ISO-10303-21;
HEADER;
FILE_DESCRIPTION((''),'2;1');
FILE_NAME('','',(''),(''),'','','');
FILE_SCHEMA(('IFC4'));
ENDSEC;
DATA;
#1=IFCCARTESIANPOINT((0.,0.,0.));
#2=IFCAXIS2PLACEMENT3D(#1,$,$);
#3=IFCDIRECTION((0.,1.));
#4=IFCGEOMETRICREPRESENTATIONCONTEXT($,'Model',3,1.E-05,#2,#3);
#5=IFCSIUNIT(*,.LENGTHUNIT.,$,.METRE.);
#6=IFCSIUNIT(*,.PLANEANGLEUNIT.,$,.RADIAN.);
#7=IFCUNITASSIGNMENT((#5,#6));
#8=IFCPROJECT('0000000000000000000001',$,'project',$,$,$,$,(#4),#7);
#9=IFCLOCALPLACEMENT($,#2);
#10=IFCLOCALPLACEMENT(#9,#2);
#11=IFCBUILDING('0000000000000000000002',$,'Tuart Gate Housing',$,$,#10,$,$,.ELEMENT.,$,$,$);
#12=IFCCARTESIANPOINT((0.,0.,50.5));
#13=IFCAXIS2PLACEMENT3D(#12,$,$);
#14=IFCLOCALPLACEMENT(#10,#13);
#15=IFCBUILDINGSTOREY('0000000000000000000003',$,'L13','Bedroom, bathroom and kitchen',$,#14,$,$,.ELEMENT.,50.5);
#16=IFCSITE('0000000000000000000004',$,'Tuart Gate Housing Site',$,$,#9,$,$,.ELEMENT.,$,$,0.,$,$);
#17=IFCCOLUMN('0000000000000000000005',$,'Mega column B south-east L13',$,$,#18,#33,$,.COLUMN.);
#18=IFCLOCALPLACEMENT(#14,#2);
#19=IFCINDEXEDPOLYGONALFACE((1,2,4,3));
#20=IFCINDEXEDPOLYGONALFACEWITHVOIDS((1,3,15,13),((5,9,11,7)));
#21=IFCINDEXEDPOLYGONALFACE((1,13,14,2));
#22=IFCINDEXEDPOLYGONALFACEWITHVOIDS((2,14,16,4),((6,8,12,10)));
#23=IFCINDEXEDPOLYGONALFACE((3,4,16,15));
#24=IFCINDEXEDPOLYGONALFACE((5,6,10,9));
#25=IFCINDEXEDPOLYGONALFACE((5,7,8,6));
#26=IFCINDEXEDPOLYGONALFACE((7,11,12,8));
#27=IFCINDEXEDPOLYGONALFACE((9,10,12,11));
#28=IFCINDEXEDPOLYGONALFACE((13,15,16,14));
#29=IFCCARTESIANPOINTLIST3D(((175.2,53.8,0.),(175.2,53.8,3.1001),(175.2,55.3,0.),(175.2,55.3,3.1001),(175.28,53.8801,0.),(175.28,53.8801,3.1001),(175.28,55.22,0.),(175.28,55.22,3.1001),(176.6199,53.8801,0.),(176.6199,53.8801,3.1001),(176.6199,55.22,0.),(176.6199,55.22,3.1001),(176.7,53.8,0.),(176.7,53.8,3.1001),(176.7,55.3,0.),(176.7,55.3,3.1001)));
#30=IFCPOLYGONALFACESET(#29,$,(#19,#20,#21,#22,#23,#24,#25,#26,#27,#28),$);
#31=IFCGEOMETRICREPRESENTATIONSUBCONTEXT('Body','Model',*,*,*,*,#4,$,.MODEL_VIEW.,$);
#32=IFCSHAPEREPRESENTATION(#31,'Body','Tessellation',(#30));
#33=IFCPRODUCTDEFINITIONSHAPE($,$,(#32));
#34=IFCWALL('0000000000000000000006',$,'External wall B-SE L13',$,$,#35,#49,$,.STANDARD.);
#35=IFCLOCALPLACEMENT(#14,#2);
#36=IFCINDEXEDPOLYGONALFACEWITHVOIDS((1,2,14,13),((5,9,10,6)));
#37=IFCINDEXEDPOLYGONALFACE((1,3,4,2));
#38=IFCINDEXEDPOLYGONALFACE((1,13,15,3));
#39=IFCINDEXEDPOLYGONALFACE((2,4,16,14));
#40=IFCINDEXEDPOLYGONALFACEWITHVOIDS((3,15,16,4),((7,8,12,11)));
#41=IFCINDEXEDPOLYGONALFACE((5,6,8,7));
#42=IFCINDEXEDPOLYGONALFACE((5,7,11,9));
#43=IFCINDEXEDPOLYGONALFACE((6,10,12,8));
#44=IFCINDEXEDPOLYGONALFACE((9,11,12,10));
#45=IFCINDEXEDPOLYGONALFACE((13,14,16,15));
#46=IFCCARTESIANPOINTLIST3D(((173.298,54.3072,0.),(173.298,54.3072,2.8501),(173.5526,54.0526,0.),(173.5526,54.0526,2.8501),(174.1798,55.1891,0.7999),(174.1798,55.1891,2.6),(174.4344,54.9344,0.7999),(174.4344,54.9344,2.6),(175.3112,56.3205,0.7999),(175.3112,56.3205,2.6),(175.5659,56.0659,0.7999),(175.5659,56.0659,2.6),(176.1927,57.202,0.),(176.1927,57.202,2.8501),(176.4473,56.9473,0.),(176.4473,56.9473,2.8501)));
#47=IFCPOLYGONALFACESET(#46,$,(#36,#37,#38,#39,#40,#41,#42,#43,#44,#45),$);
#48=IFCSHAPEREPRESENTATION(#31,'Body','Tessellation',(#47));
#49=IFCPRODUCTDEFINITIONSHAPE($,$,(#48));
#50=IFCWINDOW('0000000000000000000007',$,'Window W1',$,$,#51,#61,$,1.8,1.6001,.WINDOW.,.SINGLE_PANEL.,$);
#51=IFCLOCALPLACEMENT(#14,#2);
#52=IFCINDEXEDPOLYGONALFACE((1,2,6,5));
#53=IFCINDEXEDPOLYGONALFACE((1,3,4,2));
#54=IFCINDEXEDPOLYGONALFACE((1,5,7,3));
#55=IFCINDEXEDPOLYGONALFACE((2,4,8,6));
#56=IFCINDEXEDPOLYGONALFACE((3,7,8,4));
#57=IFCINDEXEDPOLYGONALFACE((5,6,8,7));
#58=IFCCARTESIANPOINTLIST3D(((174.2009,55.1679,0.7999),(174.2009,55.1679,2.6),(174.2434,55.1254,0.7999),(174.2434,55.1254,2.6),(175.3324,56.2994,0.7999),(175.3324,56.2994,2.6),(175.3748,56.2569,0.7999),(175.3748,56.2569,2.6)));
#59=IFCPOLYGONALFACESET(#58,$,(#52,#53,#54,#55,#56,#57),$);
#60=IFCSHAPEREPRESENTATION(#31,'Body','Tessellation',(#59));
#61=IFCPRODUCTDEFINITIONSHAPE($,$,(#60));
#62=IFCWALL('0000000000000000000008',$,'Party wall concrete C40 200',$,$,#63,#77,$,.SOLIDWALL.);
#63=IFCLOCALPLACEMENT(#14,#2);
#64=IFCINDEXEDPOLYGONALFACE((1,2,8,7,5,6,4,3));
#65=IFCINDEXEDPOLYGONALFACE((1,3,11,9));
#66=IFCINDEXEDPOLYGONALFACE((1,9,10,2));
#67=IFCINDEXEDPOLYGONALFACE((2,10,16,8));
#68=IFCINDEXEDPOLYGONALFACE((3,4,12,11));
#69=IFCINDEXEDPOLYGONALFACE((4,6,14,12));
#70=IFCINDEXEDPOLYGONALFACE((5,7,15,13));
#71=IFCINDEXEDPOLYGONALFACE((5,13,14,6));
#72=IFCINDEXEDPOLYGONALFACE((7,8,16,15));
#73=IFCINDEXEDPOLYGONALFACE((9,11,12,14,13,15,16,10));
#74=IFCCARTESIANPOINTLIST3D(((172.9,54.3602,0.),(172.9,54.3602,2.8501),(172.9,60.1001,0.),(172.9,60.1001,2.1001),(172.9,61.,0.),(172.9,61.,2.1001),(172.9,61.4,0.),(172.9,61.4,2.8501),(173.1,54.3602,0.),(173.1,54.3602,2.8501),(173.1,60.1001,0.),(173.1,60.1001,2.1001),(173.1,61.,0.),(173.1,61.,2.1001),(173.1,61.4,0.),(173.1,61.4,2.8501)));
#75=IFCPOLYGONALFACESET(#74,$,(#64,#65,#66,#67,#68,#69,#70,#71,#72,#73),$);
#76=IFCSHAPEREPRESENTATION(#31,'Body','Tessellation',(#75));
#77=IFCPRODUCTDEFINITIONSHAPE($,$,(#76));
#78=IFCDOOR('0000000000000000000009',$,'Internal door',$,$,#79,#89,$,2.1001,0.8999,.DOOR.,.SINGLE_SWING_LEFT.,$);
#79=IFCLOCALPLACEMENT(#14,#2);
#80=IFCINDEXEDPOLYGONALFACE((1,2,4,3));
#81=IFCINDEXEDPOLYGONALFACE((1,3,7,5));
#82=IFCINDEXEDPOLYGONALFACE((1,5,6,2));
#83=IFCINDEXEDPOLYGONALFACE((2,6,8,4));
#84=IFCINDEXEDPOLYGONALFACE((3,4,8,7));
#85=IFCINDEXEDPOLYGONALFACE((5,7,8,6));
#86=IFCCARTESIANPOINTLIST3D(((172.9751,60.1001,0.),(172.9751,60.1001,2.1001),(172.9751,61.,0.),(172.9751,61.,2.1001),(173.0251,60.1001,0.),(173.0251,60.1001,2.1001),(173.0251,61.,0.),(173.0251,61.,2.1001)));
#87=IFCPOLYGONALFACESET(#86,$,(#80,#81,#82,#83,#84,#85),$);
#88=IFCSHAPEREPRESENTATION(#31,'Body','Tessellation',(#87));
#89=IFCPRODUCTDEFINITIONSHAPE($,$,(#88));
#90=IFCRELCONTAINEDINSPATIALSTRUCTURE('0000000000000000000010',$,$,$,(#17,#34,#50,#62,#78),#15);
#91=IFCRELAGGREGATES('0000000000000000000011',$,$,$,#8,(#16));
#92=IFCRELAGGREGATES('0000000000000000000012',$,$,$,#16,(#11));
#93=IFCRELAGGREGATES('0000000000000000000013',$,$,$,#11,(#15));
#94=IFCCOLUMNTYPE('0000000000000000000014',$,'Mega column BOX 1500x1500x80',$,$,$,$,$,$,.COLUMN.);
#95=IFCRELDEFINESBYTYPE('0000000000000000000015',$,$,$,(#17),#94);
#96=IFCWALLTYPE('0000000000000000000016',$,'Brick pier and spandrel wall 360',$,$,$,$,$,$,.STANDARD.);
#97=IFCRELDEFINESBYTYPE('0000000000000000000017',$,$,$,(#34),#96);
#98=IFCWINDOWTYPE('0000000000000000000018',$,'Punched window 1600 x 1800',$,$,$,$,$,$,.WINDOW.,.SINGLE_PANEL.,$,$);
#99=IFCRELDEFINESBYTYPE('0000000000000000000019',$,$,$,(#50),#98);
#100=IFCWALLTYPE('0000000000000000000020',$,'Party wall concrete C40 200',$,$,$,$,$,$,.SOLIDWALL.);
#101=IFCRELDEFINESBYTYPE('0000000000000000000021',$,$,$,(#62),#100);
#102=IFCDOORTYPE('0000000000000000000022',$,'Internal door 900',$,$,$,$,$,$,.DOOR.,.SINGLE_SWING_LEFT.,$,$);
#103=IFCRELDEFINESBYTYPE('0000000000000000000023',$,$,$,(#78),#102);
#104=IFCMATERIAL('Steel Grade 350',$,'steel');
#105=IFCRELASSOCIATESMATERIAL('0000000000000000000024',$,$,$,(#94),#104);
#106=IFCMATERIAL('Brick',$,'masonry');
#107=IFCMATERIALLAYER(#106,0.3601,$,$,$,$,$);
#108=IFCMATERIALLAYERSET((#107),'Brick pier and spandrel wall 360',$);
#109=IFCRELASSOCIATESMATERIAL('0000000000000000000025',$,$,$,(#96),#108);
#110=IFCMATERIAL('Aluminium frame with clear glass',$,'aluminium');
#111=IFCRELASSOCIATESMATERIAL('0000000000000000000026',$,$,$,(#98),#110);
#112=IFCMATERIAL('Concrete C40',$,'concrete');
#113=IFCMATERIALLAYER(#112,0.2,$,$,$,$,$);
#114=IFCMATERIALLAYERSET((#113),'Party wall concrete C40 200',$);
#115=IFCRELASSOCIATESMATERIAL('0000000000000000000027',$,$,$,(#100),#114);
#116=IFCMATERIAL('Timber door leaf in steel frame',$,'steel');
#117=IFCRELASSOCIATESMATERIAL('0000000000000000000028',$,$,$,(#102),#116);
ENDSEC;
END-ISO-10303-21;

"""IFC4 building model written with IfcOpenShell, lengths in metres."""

from ifc_helpers import new_model, si_unit, direction, frame, frame_2d, origin, origin_2d, place, context, subcontext, project, spatial, rectangle, hollow_rectangle, extrude, material, layer, layer_set, material_profile, profile_set, type_object, element, fill, save


model = new_model("IFC4")

# Units and contexts
model_context = context("Model", 3, precision=1e-05, world=origin(), true_north=direction((0.0, 1.0)))
body_context = subcontext(model_context, "Body", "Model", "MODEL_VIEW")
ifc_project = project(units=[si_unit("LENGTHUNIT", "METRE"), si_unit("PLANEANGLEUNIT", "RADIAN")], contexts=[model_context])

# Site, building, storey
site_placement = place(None, origin())
site = spatial("IfcSite", under=ifc_project, at=site_placement, Name="Tuart Gate Housing Site", CompositionType="ELEMENT", RefElevation=0.0)
building_placement = place(site_placement, origin())
building = spatial("IfcBuilding", under=site, at=building_placement, Name="Tuart Gate Housing", CompositionType="ELEMENT")
storey_placement = place(building_placement, frame((0.0, 0.0, 50.5)))
storey = spatial("IfcBuildingStorey", under=building, at=storey_placement, Name="L13", Description="Bedroom, bathroom and kitchen", CompositionType="ELEMENT", Elevation=50.5)

# Column
ifc_material_1 = material(Name="Steel Grade 350", Category="steel")
ifc_material_profile = material_profile(ifc_material_1, hollow_rectangle(XDim=1.5, YDim=1.5, WallThickness=0.0801, at=origin_2d()), Name="BOX 1500x1500x80")
ifc_profile_set = profile_set([ifc_material_profile], Name="Steel Grade 350")
column_type = type_object("IfcColumnType", Name="Mega column BOX 1500x1500x80", PredefinedType="COLUMN", material=ifc_profile_set)
column_placement = place(storey_placement, frame((175.95, 54.55, 0.0), z_axis=(0.0, 0.0, 1.0), x_axis=(1.0, 0.0, 0.0)))
element("IfcColumn", 1, at=column_placement, inside=storey, type_object=column_type, Name="Mega column B south-east L13", PredefinedType="COLUMN", context=body_context, shape_type="SweptSolid", body=[
    extrude(hollow_rectangle(XDim=1.5, YDim=1.5, WallThickness=0.0801, at=origin_2d()), origin(), (0.0, 0.0, 1.0), 3.1001),
])

# Wall, opening, window
ifc_material_2 = material(Name="Brick", Category="masonry")
ifc_layer_1 = layer(ifc_material_2, 0.3601)
ifc_layer_set_1 = layer_set([ifc_layer_1], Name="Brick pier and spandrel wall 360")
wall_type_1 = type_object("IfcWallType", Name="Brick pier and spandrel wall 360", PredefinedType="STANDARD", material=ifc_layer_set_1)
wall_1_placement = place(storey_placement, frame((173.4253, 54.1799, 0.0), z_axis=(0.0, 0.0, 1.0), x_axis=(0.707107, 0.707107, 0.0)))
wall_1 = element("IfcWall", 2, at=wall_1_placement, inside=storey, type_object=wall_type_1, Name="External wall B-SE L13", PredefinedType="STANDARD", context=body_context, shape_type="SweptSolid", body=[
    extrude(rectangle(XDim=4.0938, YDim=0.3601, at=frame_2d((2.0469, 0.0))), origin(), (0.0, 0.0, 1.0), 2.8501),
])
opening_1_placement = place(wall_1_placement, frame((1.2471, 0.0, 0.8)))
opening_1 = element("IfcOpeningElement", 3, at=opening_1_placement, cuts=wall_1, PredefinedType="OPENING", context=body_context, shape_type="SweptSolid", body=[
    extrude(rectangle(XDim=1.6001, YDim=1.8, at=frame_2d((0.8, 0.8999))), frame((0.0, 0.1899, 0.0), z_axis=(0.0, -1.0, 0.0), x_axis=(1.0, 0.0, 0.0)), (0.0, 0.0, 1.0), 0.3801),
])
ifc_material_3 = material(Name="Aluminium frame with clear glass", Category="aluminium")
window_type_1 = type_object("IfcWindowType", Name="Punched window 1600 x 1800", PartitioningType="SINGLE_PANEL", PredefinedType="WINDOW", material=ifc_material_3)
window_1_placement = place(opening_1_placement, origin())
window_1 = element("IfcWindow", 4, at=window_1_placement, inside=storey, type_object=window_type_1, Name="Window W1", OverallHeight=1.8, OverallWidth=1.6001, PartitioningType="SINGLE_PANEL", PredefinedType="WINDOW", context=body_context, shape_type="SweptSolid", body=[
    extrude(rectangle(XDim=1.6001, YDim=1.8, at=frame_2d((0.8, 0.8999))), frame((0.0, 0.1501, 0.0), z_axis=(0.0, -1.0, 0.0), x_axis=(1.0, 0.0, 0.0)), (0.0, 0.0, 1.0), 0.0601),
])
fill(opening_1, window_1)

# Wall, opening, door
ifc_material_4 = material(Name="Concrete C40", Category="concrete")
ifc_layer_2 = layer(ifc_material_4, 0.2)
ifc_layer_set_2 = layer_set([ifc_layer_2], Name="Party wall concrete C40 200")
wall_type_2 = type_object("IfcWallType", Name="Party wall concrete C40 200", PredefinedType="SOLIDWALL", material=ifc_layer_set_2)
wall_2_placement = place(storey_placement, frame((173.0, 54.3601, 0.0), z_axis=(0.0, 0.0, 1.0), x_axis=(0.0, 1.0, 0.0)))
wall_2 = element("IfcWall", 5, at=wall_2_placement, inside=storey, type_object=wall_type_2, Name="Party wall concrete C40 200", PredefinedType="SOLIDWALL", context=body_context, shape_type="SweptSolid", body=[
    extrude(rectangle(XDim=7.0398, YDim=0.2, at=frame_2d((3.52, 0.0))), origin(), (0.0, 0.0, 1.0), 2.8501),
])
opening_2_placement = place(wall_2_placement, frame((5.74, 0.0, 0.0)))
opening_2 = element("IfcOpeningElement", 6, at=opening_2_placement, cuts=wall_2, PredefinedType="OPENING", context=body_context, shape_type="SweptSolid", body=[
    extrude(rectangle(XDim=0.8999, YDim=2.1001, at=frame_2d((0.45, 1.05))), frame((0.0, 0.1099, 0.0), z_axis=(0.0, -1.0, 0.0), x_axis=(1.0, 0.0, 0.0)), (0.0, 0.0, 1.0), 0.22),
])
ifc_material_5 = material(Name="Timber door leaf in steel frame", Category="steel")
door_type = type_object("IfcDoorType", Name="Internal door 900", OperationType="SINGLE_SWING_LEFT", PredefinedType="DOOR", material=ifc_material_5)
door_placement = place(opening_2_placement, frame((0.8999, 0.0, 0.0), z_axis=(0.0, 0.0, 1.0), x_axis=(-1.0, 0.0, 0.0)))
door = element("IfcDoor", 7, at=door_placement, inside=storey, type_object=door_type, Name="Internal door", OperationType="SINGLE_SWING_LEFT", OverallHeight=2.1001, OverallWidth=0.8999, PredefinedType="DOOR", context=body_context, shape_type="SweptSolid", body=[
    extrude(rectangle(XDim=0.8999, YDim=2.1001, at=frame_2d((0.45, 1.05))), frame((0.0, 0.0251, 0.0), z_axis=(0.0, -1.0, 0.0), x_axis=(1.0, 0.0, 0.0)), (0.0, 0.0, 1.0), 0.05),
])
fill(opening_2, door)

save(model, "model.ifc")
